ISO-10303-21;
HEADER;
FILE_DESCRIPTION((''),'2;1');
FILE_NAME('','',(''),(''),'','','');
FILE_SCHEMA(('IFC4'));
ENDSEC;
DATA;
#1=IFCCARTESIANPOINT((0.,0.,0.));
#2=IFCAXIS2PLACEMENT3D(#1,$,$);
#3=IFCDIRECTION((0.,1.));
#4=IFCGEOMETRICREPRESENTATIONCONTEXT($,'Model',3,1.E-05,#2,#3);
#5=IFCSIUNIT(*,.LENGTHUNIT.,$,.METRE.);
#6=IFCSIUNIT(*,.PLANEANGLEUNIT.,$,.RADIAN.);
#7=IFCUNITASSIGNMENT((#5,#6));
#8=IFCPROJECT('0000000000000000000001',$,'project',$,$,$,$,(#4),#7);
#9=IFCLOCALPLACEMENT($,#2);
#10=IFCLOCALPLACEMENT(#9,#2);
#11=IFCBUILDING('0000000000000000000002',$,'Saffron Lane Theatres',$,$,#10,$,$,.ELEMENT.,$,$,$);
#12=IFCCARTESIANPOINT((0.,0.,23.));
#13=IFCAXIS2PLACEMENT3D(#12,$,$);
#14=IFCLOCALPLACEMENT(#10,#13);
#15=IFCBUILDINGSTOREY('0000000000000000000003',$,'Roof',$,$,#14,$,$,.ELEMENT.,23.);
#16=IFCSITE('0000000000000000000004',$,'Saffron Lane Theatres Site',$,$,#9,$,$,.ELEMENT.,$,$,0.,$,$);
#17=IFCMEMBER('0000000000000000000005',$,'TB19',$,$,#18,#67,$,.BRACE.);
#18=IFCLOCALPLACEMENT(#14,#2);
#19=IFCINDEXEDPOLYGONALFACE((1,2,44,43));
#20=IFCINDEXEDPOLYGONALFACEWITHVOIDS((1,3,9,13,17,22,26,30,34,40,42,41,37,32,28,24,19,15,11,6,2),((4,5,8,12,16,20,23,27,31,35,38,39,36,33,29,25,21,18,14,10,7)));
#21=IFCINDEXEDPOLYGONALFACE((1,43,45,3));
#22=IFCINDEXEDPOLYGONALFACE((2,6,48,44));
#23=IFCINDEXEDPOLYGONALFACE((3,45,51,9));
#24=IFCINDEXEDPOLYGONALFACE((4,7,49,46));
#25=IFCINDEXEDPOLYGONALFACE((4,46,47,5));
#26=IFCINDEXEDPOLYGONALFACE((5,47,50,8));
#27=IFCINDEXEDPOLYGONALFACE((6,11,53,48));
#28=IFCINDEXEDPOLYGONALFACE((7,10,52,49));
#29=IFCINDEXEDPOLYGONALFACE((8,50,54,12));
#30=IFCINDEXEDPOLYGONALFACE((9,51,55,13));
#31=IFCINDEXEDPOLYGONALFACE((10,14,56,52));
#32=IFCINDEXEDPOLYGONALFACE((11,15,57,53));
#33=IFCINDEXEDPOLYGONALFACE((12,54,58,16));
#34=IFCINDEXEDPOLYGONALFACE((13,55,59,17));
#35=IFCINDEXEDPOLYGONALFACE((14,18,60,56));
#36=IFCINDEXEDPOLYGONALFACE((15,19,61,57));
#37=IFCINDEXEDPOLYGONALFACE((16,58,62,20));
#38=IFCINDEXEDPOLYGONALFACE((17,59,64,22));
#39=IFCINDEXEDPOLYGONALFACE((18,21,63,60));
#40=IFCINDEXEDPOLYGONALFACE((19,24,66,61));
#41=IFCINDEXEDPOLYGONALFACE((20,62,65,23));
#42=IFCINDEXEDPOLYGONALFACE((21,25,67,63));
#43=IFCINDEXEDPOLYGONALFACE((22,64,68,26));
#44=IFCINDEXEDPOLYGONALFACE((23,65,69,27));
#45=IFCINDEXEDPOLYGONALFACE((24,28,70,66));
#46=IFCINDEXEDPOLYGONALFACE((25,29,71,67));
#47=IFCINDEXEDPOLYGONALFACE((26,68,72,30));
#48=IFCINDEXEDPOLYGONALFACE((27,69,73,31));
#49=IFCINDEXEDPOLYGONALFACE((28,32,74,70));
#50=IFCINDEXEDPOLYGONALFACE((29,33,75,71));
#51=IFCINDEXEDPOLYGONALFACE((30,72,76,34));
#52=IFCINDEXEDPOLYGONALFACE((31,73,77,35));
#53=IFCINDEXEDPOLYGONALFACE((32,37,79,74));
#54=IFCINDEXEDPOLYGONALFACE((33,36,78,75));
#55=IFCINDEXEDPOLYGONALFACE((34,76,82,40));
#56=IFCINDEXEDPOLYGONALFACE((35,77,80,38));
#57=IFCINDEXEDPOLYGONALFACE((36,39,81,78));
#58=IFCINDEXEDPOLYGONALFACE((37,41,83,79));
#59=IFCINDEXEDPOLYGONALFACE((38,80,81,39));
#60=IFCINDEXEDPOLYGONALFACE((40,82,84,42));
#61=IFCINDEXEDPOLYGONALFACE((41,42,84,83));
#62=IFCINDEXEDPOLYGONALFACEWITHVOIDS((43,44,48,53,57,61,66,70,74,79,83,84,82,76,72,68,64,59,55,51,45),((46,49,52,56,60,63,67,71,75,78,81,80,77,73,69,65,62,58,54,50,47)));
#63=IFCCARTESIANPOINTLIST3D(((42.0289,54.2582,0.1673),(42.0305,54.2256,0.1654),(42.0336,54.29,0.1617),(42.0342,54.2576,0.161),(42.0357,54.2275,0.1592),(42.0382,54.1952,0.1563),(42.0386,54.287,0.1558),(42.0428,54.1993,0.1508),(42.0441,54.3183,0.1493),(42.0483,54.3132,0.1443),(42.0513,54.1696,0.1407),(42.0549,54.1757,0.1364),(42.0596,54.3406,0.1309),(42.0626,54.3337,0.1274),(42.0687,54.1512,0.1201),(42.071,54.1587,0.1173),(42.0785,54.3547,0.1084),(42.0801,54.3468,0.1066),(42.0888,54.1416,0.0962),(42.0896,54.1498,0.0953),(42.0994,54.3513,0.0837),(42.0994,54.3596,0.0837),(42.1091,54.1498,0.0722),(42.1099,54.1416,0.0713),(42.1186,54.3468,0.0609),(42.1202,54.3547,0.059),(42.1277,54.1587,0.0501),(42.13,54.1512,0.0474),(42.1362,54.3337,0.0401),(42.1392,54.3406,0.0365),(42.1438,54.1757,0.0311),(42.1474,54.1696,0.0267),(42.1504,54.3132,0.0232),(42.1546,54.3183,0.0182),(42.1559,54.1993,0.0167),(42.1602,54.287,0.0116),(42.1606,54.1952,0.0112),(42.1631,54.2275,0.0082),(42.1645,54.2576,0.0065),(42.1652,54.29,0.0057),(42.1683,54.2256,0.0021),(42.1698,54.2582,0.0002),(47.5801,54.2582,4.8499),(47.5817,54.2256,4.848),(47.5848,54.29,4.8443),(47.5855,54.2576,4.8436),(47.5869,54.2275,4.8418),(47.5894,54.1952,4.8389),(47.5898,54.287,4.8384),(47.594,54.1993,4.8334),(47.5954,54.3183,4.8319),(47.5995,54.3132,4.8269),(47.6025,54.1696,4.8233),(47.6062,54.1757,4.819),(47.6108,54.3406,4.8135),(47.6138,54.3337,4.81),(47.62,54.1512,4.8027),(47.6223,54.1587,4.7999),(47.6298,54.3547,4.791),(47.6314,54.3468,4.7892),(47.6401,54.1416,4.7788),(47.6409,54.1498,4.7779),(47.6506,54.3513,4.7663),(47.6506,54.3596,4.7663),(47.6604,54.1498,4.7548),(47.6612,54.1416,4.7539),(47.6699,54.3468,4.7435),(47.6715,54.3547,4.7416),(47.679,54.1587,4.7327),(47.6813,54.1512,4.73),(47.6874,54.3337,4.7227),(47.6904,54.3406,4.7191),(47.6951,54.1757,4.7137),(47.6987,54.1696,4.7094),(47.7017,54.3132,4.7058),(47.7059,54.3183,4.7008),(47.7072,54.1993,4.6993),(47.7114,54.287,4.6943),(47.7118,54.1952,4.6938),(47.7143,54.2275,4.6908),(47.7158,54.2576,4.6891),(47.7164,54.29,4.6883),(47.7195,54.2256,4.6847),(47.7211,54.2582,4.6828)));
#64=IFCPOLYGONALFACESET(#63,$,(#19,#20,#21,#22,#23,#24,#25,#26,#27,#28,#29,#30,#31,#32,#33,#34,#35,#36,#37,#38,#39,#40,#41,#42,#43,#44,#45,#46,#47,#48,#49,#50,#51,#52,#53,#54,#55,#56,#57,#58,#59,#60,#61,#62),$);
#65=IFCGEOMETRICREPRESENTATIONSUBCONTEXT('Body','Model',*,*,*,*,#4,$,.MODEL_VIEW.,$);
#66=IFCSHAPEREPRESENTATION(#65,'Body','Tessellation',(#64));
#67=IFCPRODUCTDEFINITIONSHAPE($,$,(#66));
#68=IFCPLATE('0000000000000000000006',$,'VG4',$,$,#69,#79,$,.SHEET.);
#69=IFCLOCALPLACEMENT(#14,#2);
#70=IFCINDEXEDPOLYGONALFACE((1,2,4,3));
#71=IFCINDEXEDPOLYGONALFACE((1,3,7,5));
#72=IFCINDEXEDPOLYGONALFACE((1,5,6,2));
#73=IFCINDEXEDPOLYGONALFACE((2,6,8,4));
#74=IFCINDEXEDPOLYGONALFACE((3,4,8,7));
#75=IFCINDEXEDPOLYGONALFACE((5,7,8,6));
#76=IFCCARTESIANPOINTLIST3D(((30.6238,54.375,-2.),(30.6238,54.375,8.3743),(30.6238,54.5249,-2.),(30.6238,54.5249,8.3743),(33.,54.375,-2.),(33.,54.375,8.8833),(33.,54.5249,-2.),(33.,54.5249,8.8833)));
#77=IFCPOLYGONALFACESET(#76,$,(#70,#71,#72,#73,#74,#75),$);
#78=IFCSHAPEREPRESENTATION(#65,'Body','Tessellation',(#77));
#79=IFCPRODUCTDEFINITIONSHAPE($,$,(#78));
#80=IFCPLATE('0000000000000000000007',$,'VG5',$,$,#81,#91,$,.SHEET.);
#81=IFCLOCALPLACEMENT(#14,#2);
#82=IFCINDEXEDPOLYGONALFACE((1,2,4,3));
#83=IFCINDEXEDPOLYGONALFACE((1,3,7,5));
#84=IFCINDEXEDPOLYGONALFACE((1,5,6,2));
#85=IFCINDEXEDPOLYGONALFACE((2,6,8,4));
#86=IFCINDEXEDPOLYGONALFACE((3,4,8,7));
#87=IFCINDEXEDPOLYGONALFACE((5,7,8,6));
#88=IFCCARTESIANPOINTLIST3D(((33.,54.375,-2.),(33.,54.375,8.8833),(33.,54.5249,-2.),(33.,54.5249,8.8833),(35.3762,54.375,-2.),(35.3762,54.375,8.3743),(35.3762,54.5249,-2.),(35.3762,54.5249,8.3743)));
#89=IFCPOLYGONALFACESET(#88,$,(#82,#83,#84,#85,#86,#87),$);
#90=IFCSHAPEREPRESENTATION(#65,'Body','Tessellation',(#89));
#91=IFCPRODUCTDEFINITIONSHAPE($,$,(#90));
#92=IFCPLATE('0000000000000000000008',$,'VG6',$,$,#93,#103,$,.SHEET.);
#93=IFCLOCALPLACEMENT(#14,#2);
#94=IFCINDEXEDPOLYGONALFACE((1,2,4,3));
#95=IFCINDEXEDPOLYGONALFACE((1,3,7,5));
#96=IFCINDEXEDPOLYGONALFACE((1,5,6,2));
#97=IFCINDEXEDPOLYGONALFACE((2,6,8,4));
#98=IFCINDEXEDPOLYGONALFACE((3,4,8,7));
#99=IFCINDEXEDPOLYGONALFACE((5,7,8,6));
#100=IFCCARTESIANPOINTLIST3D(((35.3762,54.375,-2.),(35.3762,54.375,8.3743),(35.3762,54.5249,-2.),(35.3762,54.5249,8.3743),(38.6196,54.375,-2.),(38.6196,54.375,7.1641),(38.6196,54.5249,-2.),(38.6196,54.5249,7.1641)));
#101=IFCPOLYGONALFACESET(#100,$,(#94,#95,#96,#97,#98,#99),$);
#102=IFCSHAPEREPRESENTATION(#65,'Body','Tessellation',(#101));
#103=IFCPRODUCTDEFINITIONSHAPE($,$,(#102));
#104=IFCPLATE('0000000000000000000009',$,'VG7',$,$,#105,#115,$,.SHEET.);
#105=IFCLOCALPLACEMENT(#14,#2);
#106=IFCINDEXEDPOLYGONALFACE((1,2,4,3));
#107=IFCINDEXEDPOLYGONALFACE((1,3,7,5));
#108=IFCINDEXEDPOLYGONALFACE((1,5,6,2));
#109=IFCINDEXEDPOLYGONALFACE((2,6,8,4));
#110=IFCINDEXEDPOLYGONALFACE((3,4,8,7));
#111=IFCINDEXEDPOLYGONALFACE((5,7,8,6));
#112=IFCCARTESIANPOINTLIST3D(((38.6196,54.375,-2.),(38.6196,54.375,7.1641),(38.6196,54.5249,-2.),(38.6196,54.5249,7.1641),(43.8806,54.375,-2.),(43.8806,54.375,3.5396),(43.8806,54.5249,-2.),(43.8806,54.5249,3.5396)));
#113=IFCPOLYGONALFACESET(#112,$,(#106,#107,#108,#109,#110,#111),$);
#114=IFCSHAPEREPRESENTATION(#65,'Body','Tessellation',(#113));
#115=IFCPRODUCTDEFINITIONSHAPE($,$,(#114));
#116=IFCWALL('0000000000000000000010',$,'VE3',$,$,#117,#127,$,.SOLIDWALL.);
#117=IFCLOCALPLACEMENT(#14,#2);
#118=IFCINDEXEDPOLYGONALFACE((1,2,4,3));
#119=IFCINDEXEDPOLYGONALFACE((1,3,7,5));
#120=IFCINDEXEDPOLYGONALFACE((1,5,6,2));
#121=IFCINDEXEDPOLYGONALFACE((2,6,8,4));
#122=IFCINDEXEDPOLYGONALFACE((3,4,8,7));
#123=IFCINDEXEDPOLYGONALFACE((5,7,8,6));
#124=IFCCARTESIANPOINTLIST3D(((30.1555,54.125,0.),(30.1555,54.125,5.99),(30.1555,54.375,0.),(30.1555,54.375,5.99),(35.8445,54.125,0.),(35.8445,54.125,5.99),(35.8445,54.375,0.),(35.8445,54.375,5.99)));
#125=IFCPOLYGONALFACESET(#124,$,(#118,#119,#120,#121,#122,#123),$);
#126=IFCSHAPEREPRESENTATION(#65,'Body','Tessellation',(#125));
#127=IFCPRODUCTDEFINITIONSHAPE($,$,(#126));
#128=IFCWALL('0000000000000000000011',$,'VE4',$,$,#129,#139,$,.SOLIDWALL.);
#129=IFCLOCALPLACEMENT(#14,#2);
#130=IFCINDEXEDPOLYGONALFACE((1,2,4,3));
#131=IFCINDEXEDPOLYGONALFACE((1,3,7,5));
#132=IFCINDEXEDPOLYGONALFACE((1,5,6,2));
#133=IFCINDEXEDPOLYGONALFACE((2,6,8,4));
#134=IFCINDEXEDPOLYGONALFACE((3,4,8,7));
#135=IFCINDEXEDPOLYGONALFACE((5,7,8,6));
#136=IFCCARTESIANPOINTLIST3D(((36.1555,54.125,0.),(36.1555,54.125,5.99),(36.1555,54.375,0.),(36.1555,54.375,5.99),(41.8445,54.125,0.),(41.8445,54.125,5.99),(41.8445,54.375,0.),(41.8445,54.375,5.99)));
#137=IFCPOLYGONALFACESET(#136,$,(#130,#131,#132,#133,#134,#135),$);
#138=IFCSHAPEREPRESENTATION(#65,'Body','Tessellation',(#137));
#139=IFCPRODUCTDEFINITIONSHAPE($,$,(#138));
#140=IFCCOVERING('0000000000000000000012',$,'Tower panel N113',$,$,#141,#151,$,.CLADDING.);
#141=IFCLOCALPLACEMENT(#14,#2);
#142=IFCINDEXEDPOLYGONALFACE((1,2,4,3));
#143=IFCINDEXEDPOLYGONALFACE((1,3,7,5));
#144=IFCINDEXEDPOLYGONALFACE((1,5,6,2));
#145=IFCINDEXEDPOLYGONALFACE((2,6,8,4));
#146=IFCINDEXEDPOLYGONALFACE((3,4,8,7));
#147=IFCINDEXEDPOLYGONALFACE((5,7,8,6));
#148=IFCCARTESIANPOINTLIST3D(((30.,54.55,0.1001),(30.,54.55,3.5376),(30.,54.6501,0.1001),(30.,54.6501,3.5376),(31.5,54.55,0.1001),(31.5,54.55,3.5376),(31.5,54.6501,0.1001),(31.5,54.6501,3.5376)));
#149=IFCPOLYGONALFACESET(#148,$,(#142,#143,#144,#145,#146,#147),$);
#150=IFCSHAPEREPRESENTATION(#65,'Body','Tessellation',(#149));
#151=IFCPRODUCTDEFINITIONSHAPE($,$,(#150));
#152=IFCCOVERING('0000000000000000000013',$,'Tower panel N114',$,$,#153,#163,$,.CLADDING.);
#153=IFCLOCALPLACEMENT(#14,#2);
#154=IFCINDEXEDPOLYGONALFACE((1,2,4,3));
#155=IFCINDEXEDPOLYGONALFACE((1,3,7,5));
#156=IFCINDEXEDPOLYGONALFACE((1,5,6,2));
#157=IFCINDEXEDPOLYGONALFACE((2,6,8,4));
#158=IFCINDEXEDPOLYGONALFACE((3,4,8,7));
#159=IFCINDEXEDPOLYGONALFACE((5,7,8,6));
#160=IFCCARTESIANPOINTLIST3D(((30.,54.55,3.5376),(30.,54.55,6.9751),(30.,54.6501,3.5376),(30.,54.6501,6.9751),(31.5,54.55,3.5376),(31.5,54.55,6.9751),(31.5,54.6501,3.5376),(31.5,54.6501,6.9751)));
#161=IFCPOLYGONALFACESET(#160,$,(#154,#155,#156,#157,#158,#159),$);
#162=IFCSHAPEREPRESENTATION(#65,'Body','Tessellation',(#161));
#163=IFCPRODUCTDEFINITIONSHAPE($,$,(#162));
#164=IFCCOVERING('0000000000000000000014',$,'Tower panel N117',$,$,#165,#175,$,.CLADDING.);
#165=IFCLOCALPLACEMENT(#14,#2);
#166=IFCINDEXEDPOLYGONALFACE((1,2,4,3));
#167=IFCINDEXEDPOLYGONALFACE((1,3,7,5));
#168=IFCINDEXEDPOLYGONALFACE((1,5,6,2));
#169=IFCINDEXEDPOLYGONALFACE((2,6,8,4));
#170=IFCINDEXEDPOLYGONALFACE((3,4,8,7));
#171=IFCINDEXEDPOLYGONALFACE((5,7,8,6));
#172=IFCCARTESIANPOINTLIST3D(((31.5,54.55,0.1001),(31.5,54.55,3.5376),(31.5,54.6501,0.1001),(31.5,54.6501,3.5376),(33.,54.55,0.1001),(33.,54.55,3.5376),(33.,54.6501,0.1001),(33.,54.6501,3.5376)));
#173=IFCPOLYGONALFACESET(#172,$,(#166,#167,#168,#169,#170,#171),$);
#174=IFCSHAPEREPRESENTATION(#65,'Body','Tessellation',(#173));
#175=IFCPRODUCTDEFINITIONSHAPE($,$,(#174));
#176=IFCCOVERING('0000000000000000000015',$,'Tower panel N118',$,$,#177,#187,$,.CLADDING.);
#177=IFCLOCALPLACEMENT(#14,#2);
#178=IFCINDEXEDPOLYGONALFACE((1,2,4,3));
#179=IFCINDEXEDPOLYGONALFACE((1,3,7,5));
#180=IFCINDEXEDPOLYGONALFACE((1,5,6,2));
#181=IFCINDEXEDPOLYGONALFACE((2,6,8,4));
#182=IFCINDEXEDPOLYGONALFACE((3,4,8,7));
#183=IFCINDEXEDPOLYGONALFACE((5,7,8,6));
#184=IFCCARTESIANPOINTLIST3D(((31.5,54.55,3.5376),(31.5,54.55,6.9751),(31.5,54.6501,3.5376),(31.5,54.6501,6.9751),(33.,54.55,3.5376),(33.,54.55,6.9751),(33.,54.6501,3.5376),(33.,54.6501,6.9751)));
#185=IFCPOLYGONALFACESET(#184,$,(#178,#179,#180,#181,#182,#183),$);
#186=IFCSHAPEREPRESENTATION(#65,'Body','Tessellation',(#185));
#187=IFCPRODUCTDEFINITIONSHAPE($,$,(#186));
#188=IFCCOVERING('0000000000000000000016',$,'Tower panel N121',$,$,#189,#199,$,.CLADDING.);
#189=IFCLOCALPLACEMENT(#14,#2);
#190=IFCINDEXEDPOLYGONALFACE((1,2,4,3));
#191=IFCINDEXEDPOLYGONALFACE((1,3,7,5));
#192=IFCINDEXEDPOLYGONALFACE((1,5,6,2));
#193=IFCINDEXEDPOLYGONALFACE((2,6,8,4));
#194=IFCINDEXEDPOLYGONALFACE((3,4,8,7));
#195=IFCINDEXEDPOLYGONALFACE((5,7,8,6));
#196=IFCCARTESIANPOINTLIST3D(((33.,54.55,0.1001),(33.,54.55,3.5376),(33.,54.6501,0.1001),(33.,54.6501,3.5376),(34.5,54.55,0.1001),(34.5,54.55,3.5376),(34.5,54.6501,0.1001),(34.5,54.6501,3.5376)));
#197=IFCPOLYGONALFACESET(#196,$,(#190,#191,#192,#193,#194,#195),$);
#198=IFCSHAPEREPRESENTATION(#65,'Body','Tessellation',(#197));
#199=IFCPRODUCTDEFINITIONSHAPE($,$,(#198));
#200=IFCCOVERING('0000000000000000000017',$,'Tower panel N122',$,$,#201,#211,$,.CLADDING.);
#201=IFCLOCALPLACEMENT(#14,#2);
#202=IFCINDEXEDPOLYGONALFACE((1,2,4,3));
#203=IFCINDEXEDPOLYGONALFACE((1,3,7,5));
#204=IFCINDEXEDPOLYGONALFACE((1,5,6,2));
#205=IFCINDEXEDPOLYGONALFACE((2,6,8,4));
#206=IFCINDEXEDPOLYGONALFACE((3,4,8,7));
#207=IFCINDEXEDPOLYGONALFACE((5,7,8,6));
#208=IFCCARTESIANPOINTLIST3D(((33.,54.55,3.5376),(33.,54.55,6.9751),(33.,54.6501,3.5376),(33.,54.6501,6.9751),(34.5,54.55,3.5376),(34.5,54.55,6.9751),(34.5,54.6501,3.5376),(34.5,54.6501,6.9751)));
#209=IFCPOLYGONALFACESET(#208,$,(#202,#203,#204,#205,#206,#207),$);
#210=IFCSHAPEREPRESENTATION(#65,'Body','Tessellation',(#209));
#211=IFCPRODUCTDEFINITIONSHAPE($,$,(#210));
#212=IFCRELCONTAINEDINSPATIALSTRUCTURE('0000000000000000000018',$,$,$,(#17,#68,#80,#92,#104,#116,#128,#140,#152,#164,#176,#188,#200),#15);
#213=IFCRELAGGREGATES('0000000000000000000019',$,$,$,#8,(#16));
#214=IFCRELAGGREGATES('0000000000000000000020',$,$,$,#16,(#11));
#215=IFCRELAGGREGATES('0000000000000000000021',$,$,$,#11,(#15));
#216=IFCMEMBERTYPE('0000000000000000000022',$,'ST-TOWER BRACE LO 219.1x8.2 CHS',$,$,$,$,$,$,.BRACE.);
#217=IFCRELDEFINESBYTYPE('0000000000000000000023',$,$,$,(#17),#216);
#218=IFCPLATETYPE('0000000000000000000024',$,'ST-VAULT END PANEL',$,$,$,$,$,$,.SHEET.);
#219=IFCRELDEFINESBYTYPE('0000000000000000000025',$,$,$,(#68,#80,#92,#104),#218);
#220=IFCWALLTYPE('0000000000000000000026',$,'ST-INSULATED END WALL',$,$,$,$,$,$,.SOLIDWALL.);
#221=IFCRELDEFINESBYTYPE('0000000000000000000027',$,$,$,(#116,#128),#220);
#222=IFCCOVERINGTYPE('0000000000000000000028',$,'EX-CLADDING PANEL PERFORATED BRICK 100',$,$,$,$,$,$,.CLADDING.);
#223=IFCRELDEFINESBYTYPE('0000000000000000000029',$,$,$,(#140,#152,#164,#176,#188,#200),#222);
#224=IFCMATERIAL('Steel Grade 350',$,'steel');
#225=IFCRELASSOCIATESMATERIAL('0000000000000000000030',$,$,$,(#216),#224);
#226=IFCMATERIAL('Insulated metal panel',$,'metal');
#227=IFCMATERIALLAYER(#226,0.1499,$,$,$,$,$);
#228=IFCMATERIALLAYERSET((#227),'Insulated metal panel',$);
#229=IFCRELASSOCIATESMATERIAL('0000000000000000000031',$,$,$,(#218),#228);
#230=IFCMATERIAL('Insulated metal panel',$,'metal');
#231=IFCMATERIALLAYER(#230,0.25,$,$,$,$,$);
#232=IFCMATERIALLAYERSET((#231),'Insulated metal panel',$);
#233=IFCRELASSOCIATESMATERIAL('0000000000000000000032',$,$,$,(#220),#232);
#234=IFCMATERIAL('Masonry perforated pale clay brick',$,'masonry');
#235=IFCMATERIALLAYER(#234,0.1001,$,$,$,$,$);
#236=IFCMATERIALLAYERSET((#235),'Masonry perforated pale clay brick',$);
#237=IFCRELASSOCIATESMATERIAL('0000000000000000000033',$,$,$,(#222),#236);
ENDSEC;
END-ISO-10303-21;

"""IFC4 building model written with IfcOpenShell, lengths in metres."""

from ifc_helpers import new_model, si_unit, direction, frame, frame_2d, origin, origin_2d, place, context, subcontext, project, spatial, polyline, rectangle, hollow_circle, outline, extrude, material, layer, layer_set, material_profile, profile_set, type_object, element, save


model = new_model("IFC4")

# Units and contexts
model_context = context("Model", 3, precision=1e-05, world=origin(), true_north=direction((0.0, 1.0)))
body_context = subcontext(model_context, "Body", "Model", "MODEL_VIEW")
ifc_project = project(units=[si_unit("LENGTHUNIT", "METRE"), si_unit("PLANEANGLEUNIT", "RADIAN")], contexts=[model_context])

# Site, building, storey
site_placement = place(None, origin())
site = spatial("IfcSite", under=ifc_project, at=site_placement, Name="Saffron Lane Theatres Site", CompositionType="ELEMENT", RefElevation=0.0)
building_placement = place(site_placement, origin())
building = spatial("IfcBuilding", under=site, at=building_placement, Name="Saffron Lane Theatres", CompositionType="ELEMENT")
storey_placement = place(building_placement, frame((0.0, 0.0, 23.0)))
storey = spatial("IfcBuildingStorey", under=building, at=storey_placement, Name="Roof", CompositionType="ELEMENT", Elevation=23.0)

# Member
ifc_material_1 = material(Name="Steel Grade 350", Category="steel")
ifc_material_profile_1 = material_profile(ifc_material_1, hollow_circle(Radius=0.1096, WallThickness=0.0083, at=origin_2d()))
ifc_profile_set_1 = profile_set([ifc_material_profile_1], Name="Steel Grade 350")
member_type = type_object("IfcMemberType", Name="ST-TOWER BRACE LO 219.1x8.2 CHS", PredefinedType="BRACE", material=ifc_profile_set_1)
member_1_placement = place(storey_placement, frame((42.0994, 54.25, 0.0837), z_axis=(0.764377, 0.0, 0.644769), x_axis=(0.0, 1.0, 0.0)))
element("IfcMember", 1, at=member_1_placement, inside=storey, type_object=member_type, Name="TB19", PredefinedType="BRACE", context=body_context, shape_type="SweptSolid", body=[
    extrude(hollow_circle(Radius=0.1096, WallThickness=0.0083, at=origin_2d()), origin(), (0.0, 0.0, 1.0), 7.2625),
])

# Plates
ifc_material_2 = material(Name="Insulated metal panel", Category="metal")
ifc_layer_1 = layer(ifc_material_2, 0.1499)
ifc_layer_set_1 = layer_set([ifc_layer_1], Name="Insulated metal panel")
plate_type = type_object("IfcPlateType", Name="ST-VAULT END PANEL", PredefinedType="SHEET", material=ifc_layer_set_1)
plate_1_placement = place(storey_placement, frame((30.6238, 54.375, -2.0), z_axis=(0.0, -1.0, 0.0), x_axis=(1.0, 0.0, 0.0)))
element("IfcPlate", 2, at=plate_1_placement, inside=storey, type_object=plate_type, Name="VG4", PredefinedType="SHEET", context=body_context, shape_type="SweptSolid", body=[
    extrude(outline(polyline([(0.0, 0.0), (2.3762, 0.0), (2.3762, 10.8833), (0.0, 10.3743), (0.0, 0.0)])), origin(), (0.0, 0.0, -1.0), 0.1499),
])
plate_2_placement = place(storey_placement, frame((33.0, 54.375, -2.0), z_axis=(0.0, -1.0, 0.0), x_axis=(1.0, 0.0, 0.0)))
element("IfcPlate", 3, at=plate_2_placement, inside=storey, type_object=plate_type, Name="VG5", PredefinedType="SHEET", context=body_context, shape_type="SweptSolid", body=[
    extrude(outline(polyline([(0.0, 0.0), (2.3762, 0.0), (2.3762, 10.3743), (0.0, 10.8833), (0.0, 0.0)])), origin(), (0.0, 0.0, -1.0), 0.1499),
])
plate_3_placement = place(storey_placement, frame((35.3762, 54.375, -2.0), z_axis=(0.0, -1.0, 0.0), x_axis=(1.0, 0.0, 0.0)))
element("IfcPlate", 4, at=plate_3_placement, inside=storey, type_object=plate_type, Name="VG6", PredefinedType="SHEET", context=body_context, shape_type="SweptSolid", body=[
    extrude(outline(polyline([(0.0, 0.0), (3.2434, 0.0), (3.2434, 9.1641), (0.0, 10.3743), (0.0, 0.0)])), origin(), (0.0, 0.0, -1.0), 0.1499),
])
plate_4_placement = place(storey_placement, frame((38.6196, 54.375, -2.0), z_axis=(0.0, -1.0, 0.0), x_axis=(1.0, 0.0, 0.0)))
element("IfcPlate", 5, at=plate_4_placement, inside=storey, type_object=plate_type, Name="VG7", PredefinedType="SHEET", context=body_context, shape_type="SweptSolid", body=[
    extrude(outline(polyline([(0.0, 0.0), (5.261, 0.0), (5.261, 5.5396), (0.0, 9.1641), (0.0, 0.0)])), origin(), (0.0, 0.0, -1.0), 0.1499),
])

# Walls
ifc_material_3 = material(Name="Insulated metal panel", Category="metal")
ifc_layer_2 = layer(ifc_material_3, 0.25)
ifc_layer_set_2 = layer_set([ifc_layer_2], Name="Insulated metal panel")
wall_type = type_object("IfcWallType", Name="ST-INSULATED END WALL", PredefinedType="SOLIDWALL", material=ifc_layer_set_2)
for number, where, z_axis, x_axis, name in (
    (6, (30.1555, 54.25, 0.0), (0.0, 0.0, 1.0), (1.0, 0.0, 0.0), "VE3"),
    (7, (36.1555, 54.25, 0.0), (0.0, 0.0, 1.0), (1.0, 0.0, 0.0), "VE4"),
):
    element("IfcWall", number, at=place(storey_placement, frame(where, z_axis=z_axis, x_axis=x_axis)), inside=storey, type_object=wall_type, Name=name, PredefinedType="SOLIDWALL", context=body_context, shape_type="SweptSolid", body=[
        extrude(rectangle(XDim=5.689, YDim=0.25, at=frame_2d((2.8445, 0.0))), origin(), (0.0, 0.0, 1.0), 5.99),
    ])

# Coverings
ifc_material_4 = material(Name="Masonry perforated pale clay brick", Category="masonry")
ifc_layer_3 = layer(ifc_material_4, 0.1001)
ifc_layer_set_3 = layer_set([ifc_layer_3], Name="Masonry perforated pale clay brick")
covering_type = type_object("IfcCoveringType", Name="EX-CLADDING PANEL PERFORATED BRICK 100", PredefinedType="CLADDING", material=ifc_layer_set_3)
for number, where, z_axis, x_axis, name in (
    (8, (30.75, 54.6001, 0.1001), (0.0, 0.0, 1.0), (1.0, 0.0, 0.0), "Tower panel N113"),
    (9, (30.75, 54.6001, 3.5376), (0.0, 0.0, 1.0), (1.0, 0.0, 0.0), "Tower panel N114"),
    (10, (32.25, 54.6001, 0.1001), (0.0, 0.0, 1.0), (1.0, 0.0, 0.0), "Tower panel N117"),
    (11, (32.25, 54.6001, 3.5376), (0.0, 0.0, 1.0), (1.0, 0.0, 0.0), "Tower panel N118"),
    (12, (33.75, 54.6001, 0.1001), (0.0, 0.0, 1.0), (1.0, 0.0, 0.0), "Tower panel N121"),
    (13, (33.75, 54.6001, 3.5376), (0.0, 0.0, 1.0), (1.0, 0.0, 0.0), "Tower panel N122"),
):
    element("IfcCovering", number, at=place(storey_placement, frame(where, z_axis=z_axis, x_axis=x_axis)), inside=storey, type_object=covering_type, Name=name, PredefinedType="CLADDING", context=body_context, shape_type="SweptSolid", body=[
        extrude(rectangle(XDim=1.5, YDim=0.1001, at=origin_2d()), origin(), (0.0, 0.0, 1.0), 3.4375),
    ])

save(model, "model.ifc")
